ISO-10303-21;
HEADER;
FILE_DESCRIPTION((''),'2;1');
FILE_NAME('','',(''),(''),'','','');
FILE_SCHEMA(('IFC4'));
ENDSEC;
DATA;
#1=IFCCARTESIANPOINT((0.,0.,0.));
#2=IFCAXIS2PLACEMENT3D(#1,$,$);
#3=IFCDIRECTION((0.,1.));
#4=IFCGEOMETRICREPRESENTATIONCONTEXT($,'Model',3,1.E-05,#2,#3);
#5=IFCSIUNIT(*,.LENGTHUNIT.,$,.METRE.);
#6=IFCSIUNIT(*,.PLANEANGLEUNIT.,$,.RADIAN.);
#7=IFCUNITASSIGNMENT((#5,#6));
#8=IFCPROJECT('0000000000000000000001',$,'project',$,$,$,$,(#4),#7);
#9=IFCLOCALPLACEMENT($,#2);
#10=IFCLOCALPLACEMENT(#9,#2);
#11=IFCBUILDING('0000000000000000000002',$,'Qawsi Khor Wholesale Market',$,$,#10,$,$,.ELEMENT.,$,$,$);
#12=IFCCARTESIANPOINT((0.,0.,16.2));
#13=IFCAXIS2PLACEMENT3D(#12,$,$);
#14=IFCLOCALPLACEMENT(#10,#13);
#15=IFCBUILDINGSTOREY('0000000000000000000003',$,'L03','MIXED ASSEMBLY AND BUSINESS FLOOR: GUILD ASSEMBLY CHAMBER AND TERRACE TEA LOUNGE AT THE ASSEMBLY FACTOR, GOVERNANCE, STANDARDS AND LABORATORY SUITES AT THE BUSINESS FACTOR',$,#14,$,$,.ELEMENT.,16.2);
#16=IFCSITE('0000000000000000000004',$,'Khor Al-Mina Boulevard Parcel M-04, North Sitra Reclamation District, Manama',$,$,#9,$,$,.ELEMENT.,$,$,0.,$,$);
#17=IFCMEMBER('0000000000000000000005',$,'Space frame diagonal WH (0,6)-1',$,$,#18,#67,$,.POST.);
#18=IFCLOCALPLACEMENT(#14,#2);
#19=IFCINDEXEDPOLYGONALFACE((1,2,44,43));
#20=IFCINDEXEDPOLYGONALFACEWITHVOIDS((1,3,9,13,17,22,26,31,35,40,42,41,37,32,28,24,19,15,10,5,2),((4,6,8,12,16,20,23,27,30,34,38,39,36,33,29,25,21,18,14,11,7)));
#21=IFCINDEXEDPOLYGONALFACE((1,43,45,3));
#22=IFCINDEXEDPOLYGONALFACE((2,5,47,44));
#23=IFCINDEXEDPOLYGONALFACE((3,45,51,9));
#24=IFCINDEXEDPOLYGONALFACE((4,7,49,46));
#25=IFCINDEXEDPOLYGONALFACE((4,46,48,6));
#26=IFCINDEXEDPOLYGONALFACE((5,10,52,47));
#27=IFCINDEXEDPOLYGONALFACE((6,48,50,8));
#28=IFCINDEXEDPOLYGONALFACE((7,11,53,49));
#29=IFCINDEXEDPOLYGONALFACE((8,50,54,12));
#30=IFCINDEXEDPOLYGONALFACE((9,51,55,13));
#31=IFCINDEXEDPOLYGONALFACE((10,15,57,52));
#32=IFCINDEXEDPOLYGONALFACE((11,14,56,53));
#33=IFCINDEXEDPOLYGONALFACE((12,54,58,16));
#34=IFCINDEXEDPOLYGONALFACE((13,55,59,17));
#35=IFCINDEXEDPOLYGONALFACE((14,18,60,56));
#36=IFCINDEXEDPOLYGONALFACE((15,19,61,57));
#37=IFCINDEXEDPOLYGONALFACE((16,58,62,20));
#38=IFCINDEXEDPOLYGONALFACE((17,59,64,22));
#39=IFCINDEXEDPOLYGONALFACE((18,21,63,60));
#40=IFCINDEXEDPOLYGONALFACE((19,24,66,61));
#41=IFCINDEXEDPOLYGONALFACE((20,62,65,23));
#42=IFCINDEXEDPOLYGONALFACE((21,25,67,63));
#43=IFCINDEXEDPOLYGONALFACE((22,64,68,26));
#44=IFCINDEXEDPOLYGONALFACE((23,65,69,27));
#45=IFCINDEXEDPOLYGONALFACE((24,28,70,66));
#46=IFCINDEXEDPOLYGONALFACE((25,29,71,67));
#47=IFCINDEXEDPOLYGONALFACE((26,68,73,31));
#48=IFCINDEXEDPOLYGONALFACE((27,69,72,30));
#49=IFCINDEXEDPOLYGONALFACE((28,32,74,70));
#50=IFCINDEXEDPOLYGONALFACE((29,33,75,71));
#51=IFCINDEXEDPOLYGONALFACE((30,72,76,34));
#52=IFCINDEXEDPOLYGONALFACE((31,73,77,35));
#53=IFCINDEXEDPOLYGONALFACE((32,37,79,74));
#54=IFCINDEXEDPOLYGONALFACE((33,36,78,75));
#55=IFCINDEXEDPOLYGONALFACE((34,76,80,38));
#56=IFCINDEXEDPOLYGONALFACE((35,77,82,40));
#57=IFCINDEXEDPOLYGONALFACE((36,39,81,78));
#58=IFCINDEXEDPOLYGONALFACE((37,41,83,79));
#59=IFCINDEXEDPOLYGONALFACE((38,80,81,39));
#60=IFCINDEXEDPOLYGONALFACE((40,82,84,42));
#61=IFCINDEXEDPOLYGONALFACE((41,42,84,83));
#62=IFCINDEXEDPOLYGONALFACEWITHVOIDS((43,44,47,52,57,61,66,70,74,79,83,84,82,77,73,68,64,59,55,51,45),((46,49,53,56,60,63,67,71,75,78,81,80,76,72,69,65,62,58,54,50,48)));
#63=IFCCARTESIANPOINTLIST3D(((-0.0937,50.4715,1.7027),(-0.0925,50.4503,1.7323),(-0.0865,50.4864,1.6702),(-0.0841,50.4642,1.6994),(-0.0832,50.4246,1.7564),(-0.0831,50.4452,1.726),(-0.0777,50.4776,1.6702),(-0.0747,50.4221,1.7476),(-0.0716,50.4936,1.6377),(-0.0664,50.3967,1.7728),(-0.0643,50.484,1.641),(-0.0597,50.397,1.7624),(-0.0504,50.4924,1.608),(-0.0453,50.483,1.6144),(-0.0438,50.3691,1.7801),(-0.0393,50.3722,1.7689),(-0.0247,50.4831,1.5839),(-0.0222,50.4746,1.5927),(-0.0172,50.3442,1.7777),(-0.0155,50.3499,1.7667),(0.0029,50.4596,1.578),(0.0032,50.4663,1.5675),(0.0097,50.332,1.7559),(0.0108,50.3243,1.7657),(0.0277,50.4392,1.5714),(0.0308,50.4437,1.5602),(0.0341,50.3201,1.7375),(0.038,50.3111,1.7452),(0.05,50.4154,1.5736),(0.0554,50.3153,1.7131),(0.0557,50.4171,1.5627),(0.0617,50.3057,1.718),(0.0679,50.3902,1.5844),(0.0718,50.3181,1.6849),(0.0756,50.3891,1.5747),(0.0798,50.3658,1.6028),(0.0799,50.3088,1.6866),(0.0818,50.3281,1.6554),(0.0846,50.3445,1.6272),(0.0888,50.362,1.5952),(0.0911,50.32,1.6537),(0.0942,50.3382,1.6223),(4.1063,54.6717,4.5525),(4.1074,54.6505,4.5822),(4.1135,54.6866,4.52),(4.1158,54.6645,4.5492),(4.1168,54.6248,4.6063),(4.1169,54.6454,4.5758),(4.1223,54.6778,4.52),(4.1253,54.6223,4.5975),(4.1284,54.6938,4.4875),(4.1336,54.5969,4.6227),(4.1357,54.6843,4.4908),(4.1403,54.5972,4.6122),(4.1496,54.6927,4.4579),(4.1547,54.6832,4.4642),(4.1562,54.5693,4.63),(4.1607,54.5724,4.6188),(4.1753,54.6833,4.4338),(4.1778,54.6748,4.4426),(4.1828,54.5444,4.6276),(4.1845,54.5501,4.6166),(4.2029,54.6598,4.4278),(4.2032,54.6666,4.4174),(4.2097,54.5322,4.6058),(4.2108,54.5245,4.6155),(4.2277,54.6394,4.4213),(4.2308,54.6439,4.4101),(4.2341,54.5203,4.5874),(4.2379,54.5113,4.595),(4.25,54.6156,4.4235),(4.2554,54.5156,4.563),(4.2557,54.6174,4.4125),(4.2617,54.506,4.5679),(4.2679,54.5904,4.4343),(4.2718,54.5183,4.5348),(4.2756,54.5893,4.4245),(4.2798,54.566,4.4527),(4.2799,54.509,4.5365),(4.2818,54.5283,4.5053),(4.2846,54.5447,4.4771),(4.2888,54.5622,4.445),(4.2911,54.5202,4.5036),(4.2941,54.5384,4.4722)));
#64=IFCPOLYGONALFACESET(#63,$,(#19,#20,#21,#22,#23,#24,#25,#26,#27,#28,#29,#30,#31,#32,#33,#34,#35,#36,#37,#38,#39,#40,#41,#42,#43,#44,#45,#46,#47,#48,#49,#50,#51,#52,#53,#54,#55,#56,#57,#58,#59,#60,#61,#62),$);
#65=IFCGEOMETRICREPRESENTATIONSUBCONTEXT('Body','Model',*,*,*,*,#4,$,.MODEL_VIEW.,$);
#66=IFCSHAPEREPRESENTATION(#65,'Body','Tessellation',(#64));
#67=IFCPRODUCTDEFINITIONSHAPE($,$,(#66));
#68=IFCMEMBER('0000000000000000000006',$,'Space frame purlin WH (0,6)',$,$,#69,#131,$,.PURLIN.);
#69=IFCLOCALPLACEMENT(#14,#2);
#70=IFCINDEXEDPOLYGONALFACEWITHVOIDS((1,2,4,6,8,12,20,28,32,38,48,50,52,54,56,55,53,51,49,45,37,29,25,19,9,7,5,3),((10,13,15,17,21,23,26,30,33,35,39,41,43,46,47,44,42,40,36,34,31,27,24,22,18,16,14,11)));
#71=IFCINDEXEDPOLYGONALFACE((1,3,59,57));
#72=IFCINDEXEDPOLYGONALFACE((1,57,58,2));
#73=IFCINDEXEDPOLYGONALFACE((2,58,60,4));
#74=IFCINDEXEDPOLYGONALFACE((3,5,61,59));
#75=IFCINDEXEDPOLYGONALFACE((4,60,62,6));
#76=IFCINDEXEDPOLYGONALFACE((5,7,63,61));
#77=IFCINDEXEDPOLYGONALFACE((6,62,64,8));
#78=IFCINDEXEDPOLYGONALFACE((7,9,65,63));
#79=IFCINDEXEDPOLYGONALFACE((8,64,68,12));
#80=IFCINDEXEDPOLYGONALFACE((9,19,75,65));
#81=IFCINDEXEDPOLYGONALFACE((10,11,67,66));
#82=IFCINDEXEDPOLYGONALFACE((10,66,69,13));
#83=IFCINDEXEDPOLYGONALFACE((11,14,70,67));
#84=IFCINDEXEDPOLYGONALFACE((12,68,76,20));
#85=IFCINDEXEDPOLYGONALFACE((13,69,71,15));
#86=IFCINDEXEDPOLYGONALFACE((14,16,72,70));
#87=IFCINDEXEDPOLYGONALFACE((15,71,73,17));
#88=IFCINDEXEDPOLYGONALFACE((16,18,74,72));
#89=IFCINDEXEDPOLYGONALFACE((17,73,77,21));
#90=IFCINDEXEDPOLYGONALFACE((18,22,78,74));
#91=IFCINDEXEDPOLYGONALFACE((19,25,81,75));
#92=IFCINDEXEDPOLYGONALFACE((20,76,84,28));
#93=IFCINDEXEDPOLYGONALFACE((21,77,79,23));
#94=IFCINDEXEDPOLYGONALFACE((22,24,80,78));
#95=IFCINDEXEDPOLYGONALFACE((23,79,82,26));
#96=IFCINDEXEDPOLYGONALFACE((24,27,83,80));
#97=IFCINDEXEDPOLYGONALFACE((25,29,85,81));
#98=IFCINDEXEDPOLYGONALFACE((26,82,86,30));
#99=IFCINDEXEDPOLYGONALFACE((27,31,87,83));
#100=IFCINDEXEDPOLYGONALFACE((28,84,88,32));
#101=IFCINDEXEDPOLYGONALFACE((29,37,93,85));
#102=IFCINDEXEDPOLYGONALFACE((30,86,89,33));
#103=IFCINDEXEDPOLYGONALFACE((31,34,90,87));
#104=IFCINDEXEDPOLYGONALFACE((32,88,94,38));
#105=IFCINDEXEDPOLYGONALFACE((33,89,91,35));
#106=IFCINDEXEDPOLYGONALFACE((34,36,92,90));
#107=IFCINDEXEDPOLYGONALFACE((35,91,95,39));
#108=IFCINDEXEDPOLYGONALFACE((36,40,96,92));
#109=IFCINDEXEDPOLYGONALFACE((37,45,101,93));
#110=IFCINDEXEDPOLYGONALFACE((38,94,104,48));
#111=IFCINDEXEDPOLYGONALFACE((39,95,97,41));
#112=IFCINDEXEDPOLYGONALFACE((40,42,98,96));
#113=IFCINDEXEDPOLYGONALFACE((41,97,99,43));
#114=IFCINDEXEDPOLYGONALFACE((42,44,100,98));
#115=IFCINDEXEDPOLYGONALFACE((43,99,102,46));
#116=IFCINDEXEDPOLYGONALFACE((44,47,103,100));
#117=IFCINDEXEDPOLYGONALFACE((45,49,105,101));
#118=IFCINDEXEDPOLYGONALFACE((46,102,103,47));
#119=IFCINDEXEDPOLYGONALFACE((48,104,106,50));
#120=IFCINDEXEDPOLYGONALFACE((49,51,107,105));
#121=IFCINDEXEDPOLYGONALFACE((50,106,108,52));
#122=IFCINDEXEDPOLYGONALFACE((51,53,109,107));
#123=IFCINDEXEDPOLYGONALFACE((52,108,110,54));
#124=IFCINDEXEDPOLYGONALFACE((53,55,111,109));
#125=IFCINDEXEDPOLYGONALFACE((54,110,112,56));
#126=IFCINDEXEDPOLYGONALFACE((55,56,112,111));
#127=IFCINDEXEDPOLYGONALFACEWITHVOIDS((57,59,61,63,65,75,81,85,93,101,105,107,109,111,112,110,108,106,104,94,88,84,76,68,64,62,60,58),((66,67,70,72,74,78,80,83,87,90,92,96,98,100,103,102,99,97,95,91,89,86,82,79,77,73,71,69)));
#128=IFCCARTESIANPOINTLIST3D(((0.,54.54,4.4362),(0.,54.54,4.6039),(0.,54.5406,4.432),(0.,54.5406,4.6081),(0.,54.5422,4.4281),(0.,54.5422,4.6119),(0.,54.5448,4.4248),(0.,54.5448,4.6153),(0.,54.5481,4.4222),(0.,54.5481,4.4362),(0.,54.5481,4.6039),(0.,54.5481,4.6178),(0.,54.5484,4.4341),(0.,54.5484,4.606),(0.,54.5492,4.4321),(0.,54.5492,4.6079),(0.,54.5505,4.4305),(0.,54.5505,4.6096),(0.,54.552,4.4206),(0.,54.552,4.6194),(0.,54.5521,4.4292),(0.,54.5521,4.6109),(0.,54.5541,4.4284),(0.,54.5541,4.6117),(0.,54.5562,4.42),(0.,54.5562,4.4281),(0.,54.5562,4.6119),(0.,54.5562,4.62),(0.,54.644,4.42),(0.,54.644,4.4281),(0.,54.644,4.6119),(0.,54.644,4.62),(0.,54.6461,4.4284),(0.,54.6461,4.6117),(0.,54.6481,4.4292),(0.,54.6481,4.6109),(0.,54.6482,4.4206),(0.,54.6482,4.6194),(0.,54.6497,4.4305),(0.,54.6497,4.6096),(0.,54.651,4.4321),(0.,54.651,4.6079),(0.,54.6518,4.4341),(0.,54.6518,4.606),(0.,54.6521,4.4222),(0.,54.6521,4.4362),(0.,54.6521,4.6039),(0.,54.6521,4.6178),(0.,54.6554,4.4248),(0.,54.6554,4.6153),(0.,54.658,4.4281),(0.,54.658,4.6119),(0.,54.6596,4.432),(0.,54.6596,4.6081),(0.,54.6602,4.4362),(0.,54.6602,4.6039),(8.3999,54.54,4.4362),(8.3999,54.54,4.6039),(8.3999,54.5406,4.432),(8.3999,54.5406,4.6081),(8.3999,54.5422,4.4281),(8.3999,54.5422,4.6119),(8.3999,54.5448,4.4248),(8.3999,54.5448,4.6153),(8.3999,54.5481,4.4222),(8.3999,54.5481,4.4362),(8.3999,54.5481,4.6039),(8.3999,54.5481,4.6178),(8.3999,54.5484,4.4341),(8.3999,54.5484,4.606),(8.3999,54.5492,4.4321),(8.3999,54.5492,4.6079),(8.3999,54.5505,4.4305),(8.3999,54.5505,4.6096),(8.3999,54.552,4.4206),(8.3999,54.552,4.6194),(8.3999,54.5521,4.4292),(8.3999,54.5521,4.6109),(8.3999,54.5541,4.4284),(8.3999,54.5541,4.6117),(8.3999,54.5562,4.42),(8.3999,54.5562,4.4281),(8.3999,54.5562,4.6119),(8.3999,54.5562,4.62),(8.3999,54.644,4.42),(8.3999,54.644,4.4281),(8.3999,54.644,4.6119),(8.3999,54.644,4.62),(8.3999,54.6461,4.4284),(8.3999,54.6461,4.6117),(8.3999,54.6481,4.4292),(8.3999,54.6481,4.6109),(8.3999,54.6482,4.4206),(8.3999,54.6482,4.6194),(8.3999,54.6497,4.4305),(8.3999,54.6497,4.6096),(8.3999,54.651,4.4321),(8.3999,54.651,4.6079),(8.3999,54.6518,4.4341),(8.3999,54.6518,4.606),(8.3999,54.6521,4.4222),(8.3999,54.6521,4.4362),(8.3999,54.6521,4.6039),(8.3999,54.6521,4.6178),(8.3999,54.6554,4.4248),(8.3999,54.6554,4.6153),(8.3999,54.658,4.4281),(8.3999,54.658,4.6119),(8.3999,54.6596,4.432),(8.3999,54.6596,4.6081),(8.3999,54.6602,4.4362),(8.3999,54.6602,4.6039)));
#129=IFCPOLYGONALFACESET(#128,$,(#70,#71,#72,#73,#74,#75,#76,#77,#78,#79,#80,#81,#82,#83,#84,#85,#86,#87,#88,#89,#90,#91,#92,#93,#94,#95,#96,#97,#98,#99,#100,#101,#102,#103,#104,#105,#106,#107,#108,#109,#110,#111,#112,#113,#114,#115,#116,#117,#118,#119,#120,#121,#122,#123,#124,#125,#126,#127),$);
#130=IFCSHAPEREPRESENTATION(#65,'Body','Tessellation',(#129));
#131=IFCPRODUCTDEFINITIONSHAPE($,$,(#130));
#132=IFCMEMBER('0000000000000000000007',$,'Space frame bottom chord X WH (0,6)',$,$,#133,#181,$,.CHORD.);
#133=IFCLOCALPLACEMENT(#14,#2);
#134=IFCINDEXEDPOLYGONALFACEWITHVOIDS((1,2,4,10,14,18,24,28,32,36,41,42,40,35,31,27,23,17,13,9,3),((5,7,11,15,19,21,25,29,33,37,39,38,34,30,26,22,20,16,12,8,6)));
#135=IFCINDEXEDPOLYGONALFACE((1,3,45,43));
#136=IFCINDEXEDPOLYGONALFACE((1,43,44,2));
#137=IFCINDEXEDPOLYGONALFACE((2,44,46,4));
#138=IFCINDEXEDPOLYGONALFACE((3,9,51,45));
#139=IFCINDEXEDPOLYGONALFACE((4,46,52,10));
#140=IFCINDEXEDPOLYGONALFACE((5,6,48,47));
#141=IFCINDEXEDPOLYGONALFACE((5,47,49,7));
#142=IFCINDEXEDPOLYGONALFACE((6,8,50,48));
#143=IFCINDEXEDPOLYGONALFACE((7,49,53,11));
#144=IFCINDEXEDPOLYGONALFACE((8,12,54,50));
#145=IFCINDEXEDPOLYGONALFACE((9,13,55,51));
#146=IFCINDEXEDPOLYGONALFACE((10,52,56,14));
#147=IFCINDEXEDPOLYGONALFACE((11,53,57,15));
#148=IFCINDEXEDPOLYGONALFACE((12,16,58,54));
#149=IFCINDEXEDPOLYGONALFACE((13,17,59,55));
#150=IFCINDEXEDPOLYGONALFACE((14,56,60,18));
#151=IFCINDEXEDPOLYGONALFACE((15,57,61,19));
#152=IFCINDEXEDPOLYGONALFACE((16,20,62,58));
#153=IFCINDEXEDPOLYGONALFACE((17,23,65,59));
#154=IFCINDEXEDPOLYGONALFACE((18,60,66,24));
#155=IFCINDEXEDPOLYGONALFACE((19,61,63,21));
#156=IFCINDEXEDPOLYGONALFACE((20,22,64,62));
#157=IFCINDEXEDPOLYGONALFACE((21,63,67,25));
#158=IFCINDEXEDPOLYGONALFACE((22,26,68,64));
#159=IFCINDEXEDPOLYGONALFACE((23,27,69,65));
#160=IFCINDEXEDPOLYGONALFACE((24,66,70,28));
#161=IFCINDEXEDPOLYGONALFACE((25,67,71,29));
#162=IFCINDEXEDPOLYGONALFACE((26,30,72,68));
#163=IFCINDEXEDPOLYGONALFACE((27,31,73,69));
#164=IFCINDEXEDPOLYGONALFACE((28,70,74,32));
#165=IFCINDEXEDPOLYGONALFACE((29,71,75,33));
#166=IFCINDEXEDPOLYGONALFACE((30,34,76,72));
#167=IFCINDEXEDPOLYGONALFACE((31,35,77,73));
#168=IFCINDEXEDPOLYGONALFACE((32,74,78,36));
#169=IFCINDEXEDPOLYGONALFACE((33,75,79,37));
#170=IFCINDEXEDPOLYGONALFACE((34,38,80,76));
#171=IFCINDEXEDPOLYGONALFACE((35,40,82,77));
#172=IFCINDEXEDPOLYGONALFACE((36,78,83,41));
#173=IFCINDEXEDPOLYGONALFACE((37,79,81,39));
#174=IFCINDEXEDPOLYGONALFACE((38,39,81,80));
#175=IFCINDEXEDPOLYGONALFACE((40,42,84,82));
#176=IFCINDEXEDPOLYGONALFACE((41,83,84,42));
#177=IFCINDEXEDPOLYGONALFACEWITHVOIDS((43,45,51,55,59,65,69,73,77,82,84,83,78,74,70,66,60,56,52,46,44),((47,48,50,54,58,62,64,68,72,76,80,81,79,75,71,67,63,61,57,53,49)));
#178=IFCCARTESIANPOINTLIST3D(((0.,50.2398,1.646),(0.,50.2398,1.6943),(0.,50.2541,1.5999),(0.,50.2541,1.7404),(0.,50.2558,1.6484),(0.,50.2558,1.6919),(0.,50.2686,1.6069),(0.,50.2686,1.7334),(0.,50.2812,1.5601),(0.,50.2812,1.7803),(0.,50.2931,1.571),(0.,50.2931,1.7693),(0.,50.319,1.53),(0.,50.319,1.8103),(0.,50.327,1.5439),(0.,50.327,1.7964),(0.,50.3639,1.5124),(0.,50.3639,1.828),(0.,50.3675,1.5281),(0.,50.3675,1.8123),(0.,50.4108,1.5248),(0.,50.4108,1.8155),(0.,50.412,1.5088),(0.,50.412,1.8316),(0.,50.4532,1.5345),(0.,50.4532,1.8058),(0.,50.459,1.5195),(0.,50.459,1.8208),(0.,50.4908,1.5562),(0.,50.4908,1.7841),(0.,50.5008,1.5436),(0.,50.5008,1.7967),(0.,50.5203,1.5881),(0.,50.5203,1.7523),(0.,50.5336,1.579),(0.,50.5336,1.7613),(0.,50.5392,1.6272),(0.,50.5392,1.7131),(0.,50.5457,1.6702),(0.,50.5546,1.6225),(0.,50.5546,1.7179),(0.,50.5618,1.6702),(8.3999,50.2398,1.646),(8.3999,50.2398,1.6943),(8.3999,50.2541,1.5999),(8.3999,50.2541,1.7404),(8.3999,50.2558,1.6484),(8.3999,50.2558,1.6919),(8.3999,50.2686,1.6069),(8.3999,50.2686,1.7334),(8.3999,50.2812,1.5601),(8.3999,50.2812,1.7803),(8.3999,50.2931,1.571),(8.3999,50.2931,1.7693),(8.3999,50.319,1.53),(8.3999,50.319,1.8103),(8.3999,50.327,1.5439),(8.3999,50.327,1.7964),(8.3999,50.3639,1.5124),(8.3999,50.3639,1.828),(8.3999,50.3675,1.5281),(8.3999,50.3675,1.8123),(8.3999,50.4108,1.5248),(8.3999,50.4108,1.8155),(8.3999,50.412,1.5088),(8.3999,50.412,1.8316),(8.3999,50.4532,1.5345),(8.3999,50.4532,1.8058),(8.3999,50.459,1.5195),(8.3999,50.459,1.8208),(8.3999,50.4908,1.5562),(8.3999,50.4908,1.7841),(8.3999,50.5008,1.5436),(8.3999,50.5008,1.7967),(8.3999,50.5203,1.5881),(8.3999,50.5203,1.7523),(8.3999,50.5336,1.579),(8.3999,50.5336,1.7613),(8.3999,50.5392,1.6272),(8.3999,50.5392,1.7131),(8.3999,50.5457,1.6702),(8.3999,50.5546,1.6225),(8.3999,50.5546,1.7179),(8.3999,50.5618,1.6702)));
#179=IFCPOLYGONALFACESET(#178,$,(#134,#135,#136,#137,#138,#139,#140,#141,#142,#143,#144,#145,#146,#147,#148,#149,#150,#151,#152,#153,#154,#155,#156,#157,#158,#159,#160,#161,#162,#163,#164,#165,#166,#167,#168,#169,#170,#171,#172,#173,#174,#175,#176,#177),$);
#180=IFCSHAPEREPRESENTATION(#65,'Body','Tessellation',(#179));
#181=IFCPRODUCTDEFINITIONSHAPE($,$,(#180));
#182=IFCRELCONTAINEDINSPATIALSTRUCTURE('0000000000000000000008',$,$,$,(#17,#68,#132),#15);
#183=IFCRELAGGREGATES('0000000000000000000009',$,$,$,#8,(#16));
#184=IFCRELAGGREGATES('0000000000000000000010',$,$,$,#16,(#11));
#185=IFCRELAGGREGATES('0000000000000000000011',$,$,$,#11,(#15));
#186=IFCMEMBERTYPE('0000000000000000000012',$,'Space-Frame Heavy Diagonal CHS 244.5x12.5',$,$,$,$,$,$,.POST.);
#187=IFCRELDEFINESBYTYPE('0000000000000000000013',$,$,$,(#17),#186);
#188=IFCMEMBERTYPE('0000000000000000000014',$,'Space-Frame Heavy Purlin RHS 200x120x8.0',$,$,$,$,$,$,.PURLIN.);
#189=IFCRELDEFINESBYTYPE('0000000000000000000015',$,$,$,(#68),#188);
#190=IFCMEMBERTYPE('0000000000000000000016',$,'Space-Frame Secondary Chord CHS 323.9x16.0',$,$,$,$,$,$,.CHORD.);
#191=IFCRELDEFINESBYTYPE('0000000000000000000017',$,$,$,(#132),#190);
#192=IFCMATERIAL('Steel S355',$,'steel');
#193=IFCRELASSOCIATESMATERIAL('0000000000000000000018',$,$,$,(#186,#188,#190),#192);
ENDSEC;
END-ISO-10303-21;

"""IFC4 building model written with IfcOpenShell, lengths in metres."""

from ifc_helpers import new_model, si_unit, direction, frame, origin, origin_2d, place, context, subcontext, project, spatial, hollow_rectangle, hollow_circle, extrude, material, material_profile, profile_set, type_object, element, save


model = new_model("IFC4")

# Units and contexts
model_context = context("Model", 3, precision=1e-05, world=origin(), true_north=direction((0.0, 1.0)))
body_context = subcontext(model_context, "Body", "Model", "MODEL_VIEW")
ifc_project = project(units=[si_unit("LENGTHUNIT", "METRE"), si_unit("PLANEANGLEUNIT", "RADIAN")], contexts=[model_context])

# Site, building, storey
site_placement = place(None, origin())
site = spatial("IfcSite", under=ifc_project, at=site_placement, Name="Khor Al-Mina Boulevard Parcel M-04, North Sitra Reclamation District, Manama", CompositionType="ELEMENT", RefElevation=0.0)
building_placement = place(site_placement, origin())
building = spatial("IfcBuilding", under=site, at=building_placement, Name="Qawsi Khor Wholesale Market", CompositionType="ELEMENT")
storey_placement = place(building_placement, frame((0.0, 0.0, 16.2)))
storey = spatial("IfcBuildingStorey", under=building, at=storey_placement, Name="L03", Description="MIXED ASSEMBLY AND BUSINESS FLOOR: GUILD ASSEMBLY CHAMBER AND TERRACE TEA LOUNGE AT THE ASSEMBLY FACTOR, GOVERNANCE, STANDARDS AND LABORATORY SUITES AT THE BUSINESS FACTOR", CompositionType="ELEMENT", Elevation=16.2)

# Members
ifc_material_1 = material(Name="Steel S355", Category="steel")
ifc_material_profile_1 = material_profile(ifc_material_1, hollow_circle(Radius=0.1223, WallThickness=0.0125, at=origin_2d()), Name="CHS 244.5x12.5")
ifc_profile_set_1 = profile_set([ifc_material_profile_1], Name="Steel S355")
member_type_1 = type_object("IfcMemberType", Name="Space-Frame Heavy Diagonal CHS 244.5x12.5", PredefinedType="POST", material=ifc_profile_set_1)
member_1_placement = place(storey_placement, frame((0.0, 50.3999, 1.6702), z_axis=(0.637507, 0.637544, 0.432577), x_axis=(-0.707127, 0.707086, 0.0)))
element("IfcMember", 1, at=member_1_placement, inside=storey, type_object=member_type_1, Name="Space frame diagonal WH (0,6)-1", PredefinedType="POST", context=body_context, shape_type="SweptSolid", body=[
    extrude(hollow_circle(Radius=0.1223, WallThickness=0.0125, at=origin_2d()), origin(), (0.0, 0.0, 1.0), 6.5881),
])
ifc_material_profile_2 = material_profile(ifc_material_1, hollow_rectangle(XDim=0.1201, YDim=0.2, WallThickness=0.0081, InnerFilletRadius=0.0081, OuterFilletRadius=0.0161, at=origin_2d()), Name="RHS 200x120x8.0")
ifc_profile_set_2 = profile_set([ifc_material_profile_2], Name="Steel S355")
member_type_2 = type_object("IfcMemberType", Name="Space-Frame Heavy Purlin RHS 200x120x8.0", PredefinedType="PURLIN", material=ifc_profile_set_2)
member_2_placement = place(storey_placement, frame((0.0, 54.6001, 4.52), z_axis=(1.0, 0.0, 0.0), x_axis=(0.0, 1.0, 0.0)))
element("IfcMember", 2, at=member_2_placement, inside=storey, type_object=member_type_2, Name="Space frame purlin WH (0,6)", PredefinedType="PURLIN", context=body_context, shape_type="SweptSolid", body=[
    extrude(hollow_rectangle(XDim=0.1201, YDim=0.2, WallThickness=0.0081, InnerFilletRadius=0.0081, OuterFilletRadius=0.0161, at=origin_2d()), origin(), (0.0, 0.0, 1.0), 8.3999),
])
ifc_material_profile_3 = material_profile(ifc_material_1, hollow_circle(Radius=0.1619, WallThickness=0.0161, at=origin_2d()), Name="CHS 323.9x16.0")
ifc_profile_set_3 = profile_set([ifc_material_profile_3], Name="Steel S355")
member_type_3 = type_object("IfcMemberType", Name="Space-Frame Secondary Chord CHS 323.9x16.0", PredefinedType="CHORD", material=ifc_profile_set_3)
member_3_placement = place(storey_placement, frame((0.0, 50.3999, 1.6702), z_axis=(1.0, 0.0, 0.0), x_axis=(0.0, 1.0, 0.0)))
element("IfcMember", 3, at=member_3_placement, inside=storey, type_object=member_type_3, Name="Space frame bottom chord X WH (0,6)", PredefinedType="CHORD", context=body_context, shape_type="SweptSolid", body=[
    extrude(hollow_circle(Radius=0.1619, WallThickness=0.0161, at=origin_2d()), origin(), (0.0, 0.0, 1.0), 8.3999),
])

save(model, "model.ifc")
